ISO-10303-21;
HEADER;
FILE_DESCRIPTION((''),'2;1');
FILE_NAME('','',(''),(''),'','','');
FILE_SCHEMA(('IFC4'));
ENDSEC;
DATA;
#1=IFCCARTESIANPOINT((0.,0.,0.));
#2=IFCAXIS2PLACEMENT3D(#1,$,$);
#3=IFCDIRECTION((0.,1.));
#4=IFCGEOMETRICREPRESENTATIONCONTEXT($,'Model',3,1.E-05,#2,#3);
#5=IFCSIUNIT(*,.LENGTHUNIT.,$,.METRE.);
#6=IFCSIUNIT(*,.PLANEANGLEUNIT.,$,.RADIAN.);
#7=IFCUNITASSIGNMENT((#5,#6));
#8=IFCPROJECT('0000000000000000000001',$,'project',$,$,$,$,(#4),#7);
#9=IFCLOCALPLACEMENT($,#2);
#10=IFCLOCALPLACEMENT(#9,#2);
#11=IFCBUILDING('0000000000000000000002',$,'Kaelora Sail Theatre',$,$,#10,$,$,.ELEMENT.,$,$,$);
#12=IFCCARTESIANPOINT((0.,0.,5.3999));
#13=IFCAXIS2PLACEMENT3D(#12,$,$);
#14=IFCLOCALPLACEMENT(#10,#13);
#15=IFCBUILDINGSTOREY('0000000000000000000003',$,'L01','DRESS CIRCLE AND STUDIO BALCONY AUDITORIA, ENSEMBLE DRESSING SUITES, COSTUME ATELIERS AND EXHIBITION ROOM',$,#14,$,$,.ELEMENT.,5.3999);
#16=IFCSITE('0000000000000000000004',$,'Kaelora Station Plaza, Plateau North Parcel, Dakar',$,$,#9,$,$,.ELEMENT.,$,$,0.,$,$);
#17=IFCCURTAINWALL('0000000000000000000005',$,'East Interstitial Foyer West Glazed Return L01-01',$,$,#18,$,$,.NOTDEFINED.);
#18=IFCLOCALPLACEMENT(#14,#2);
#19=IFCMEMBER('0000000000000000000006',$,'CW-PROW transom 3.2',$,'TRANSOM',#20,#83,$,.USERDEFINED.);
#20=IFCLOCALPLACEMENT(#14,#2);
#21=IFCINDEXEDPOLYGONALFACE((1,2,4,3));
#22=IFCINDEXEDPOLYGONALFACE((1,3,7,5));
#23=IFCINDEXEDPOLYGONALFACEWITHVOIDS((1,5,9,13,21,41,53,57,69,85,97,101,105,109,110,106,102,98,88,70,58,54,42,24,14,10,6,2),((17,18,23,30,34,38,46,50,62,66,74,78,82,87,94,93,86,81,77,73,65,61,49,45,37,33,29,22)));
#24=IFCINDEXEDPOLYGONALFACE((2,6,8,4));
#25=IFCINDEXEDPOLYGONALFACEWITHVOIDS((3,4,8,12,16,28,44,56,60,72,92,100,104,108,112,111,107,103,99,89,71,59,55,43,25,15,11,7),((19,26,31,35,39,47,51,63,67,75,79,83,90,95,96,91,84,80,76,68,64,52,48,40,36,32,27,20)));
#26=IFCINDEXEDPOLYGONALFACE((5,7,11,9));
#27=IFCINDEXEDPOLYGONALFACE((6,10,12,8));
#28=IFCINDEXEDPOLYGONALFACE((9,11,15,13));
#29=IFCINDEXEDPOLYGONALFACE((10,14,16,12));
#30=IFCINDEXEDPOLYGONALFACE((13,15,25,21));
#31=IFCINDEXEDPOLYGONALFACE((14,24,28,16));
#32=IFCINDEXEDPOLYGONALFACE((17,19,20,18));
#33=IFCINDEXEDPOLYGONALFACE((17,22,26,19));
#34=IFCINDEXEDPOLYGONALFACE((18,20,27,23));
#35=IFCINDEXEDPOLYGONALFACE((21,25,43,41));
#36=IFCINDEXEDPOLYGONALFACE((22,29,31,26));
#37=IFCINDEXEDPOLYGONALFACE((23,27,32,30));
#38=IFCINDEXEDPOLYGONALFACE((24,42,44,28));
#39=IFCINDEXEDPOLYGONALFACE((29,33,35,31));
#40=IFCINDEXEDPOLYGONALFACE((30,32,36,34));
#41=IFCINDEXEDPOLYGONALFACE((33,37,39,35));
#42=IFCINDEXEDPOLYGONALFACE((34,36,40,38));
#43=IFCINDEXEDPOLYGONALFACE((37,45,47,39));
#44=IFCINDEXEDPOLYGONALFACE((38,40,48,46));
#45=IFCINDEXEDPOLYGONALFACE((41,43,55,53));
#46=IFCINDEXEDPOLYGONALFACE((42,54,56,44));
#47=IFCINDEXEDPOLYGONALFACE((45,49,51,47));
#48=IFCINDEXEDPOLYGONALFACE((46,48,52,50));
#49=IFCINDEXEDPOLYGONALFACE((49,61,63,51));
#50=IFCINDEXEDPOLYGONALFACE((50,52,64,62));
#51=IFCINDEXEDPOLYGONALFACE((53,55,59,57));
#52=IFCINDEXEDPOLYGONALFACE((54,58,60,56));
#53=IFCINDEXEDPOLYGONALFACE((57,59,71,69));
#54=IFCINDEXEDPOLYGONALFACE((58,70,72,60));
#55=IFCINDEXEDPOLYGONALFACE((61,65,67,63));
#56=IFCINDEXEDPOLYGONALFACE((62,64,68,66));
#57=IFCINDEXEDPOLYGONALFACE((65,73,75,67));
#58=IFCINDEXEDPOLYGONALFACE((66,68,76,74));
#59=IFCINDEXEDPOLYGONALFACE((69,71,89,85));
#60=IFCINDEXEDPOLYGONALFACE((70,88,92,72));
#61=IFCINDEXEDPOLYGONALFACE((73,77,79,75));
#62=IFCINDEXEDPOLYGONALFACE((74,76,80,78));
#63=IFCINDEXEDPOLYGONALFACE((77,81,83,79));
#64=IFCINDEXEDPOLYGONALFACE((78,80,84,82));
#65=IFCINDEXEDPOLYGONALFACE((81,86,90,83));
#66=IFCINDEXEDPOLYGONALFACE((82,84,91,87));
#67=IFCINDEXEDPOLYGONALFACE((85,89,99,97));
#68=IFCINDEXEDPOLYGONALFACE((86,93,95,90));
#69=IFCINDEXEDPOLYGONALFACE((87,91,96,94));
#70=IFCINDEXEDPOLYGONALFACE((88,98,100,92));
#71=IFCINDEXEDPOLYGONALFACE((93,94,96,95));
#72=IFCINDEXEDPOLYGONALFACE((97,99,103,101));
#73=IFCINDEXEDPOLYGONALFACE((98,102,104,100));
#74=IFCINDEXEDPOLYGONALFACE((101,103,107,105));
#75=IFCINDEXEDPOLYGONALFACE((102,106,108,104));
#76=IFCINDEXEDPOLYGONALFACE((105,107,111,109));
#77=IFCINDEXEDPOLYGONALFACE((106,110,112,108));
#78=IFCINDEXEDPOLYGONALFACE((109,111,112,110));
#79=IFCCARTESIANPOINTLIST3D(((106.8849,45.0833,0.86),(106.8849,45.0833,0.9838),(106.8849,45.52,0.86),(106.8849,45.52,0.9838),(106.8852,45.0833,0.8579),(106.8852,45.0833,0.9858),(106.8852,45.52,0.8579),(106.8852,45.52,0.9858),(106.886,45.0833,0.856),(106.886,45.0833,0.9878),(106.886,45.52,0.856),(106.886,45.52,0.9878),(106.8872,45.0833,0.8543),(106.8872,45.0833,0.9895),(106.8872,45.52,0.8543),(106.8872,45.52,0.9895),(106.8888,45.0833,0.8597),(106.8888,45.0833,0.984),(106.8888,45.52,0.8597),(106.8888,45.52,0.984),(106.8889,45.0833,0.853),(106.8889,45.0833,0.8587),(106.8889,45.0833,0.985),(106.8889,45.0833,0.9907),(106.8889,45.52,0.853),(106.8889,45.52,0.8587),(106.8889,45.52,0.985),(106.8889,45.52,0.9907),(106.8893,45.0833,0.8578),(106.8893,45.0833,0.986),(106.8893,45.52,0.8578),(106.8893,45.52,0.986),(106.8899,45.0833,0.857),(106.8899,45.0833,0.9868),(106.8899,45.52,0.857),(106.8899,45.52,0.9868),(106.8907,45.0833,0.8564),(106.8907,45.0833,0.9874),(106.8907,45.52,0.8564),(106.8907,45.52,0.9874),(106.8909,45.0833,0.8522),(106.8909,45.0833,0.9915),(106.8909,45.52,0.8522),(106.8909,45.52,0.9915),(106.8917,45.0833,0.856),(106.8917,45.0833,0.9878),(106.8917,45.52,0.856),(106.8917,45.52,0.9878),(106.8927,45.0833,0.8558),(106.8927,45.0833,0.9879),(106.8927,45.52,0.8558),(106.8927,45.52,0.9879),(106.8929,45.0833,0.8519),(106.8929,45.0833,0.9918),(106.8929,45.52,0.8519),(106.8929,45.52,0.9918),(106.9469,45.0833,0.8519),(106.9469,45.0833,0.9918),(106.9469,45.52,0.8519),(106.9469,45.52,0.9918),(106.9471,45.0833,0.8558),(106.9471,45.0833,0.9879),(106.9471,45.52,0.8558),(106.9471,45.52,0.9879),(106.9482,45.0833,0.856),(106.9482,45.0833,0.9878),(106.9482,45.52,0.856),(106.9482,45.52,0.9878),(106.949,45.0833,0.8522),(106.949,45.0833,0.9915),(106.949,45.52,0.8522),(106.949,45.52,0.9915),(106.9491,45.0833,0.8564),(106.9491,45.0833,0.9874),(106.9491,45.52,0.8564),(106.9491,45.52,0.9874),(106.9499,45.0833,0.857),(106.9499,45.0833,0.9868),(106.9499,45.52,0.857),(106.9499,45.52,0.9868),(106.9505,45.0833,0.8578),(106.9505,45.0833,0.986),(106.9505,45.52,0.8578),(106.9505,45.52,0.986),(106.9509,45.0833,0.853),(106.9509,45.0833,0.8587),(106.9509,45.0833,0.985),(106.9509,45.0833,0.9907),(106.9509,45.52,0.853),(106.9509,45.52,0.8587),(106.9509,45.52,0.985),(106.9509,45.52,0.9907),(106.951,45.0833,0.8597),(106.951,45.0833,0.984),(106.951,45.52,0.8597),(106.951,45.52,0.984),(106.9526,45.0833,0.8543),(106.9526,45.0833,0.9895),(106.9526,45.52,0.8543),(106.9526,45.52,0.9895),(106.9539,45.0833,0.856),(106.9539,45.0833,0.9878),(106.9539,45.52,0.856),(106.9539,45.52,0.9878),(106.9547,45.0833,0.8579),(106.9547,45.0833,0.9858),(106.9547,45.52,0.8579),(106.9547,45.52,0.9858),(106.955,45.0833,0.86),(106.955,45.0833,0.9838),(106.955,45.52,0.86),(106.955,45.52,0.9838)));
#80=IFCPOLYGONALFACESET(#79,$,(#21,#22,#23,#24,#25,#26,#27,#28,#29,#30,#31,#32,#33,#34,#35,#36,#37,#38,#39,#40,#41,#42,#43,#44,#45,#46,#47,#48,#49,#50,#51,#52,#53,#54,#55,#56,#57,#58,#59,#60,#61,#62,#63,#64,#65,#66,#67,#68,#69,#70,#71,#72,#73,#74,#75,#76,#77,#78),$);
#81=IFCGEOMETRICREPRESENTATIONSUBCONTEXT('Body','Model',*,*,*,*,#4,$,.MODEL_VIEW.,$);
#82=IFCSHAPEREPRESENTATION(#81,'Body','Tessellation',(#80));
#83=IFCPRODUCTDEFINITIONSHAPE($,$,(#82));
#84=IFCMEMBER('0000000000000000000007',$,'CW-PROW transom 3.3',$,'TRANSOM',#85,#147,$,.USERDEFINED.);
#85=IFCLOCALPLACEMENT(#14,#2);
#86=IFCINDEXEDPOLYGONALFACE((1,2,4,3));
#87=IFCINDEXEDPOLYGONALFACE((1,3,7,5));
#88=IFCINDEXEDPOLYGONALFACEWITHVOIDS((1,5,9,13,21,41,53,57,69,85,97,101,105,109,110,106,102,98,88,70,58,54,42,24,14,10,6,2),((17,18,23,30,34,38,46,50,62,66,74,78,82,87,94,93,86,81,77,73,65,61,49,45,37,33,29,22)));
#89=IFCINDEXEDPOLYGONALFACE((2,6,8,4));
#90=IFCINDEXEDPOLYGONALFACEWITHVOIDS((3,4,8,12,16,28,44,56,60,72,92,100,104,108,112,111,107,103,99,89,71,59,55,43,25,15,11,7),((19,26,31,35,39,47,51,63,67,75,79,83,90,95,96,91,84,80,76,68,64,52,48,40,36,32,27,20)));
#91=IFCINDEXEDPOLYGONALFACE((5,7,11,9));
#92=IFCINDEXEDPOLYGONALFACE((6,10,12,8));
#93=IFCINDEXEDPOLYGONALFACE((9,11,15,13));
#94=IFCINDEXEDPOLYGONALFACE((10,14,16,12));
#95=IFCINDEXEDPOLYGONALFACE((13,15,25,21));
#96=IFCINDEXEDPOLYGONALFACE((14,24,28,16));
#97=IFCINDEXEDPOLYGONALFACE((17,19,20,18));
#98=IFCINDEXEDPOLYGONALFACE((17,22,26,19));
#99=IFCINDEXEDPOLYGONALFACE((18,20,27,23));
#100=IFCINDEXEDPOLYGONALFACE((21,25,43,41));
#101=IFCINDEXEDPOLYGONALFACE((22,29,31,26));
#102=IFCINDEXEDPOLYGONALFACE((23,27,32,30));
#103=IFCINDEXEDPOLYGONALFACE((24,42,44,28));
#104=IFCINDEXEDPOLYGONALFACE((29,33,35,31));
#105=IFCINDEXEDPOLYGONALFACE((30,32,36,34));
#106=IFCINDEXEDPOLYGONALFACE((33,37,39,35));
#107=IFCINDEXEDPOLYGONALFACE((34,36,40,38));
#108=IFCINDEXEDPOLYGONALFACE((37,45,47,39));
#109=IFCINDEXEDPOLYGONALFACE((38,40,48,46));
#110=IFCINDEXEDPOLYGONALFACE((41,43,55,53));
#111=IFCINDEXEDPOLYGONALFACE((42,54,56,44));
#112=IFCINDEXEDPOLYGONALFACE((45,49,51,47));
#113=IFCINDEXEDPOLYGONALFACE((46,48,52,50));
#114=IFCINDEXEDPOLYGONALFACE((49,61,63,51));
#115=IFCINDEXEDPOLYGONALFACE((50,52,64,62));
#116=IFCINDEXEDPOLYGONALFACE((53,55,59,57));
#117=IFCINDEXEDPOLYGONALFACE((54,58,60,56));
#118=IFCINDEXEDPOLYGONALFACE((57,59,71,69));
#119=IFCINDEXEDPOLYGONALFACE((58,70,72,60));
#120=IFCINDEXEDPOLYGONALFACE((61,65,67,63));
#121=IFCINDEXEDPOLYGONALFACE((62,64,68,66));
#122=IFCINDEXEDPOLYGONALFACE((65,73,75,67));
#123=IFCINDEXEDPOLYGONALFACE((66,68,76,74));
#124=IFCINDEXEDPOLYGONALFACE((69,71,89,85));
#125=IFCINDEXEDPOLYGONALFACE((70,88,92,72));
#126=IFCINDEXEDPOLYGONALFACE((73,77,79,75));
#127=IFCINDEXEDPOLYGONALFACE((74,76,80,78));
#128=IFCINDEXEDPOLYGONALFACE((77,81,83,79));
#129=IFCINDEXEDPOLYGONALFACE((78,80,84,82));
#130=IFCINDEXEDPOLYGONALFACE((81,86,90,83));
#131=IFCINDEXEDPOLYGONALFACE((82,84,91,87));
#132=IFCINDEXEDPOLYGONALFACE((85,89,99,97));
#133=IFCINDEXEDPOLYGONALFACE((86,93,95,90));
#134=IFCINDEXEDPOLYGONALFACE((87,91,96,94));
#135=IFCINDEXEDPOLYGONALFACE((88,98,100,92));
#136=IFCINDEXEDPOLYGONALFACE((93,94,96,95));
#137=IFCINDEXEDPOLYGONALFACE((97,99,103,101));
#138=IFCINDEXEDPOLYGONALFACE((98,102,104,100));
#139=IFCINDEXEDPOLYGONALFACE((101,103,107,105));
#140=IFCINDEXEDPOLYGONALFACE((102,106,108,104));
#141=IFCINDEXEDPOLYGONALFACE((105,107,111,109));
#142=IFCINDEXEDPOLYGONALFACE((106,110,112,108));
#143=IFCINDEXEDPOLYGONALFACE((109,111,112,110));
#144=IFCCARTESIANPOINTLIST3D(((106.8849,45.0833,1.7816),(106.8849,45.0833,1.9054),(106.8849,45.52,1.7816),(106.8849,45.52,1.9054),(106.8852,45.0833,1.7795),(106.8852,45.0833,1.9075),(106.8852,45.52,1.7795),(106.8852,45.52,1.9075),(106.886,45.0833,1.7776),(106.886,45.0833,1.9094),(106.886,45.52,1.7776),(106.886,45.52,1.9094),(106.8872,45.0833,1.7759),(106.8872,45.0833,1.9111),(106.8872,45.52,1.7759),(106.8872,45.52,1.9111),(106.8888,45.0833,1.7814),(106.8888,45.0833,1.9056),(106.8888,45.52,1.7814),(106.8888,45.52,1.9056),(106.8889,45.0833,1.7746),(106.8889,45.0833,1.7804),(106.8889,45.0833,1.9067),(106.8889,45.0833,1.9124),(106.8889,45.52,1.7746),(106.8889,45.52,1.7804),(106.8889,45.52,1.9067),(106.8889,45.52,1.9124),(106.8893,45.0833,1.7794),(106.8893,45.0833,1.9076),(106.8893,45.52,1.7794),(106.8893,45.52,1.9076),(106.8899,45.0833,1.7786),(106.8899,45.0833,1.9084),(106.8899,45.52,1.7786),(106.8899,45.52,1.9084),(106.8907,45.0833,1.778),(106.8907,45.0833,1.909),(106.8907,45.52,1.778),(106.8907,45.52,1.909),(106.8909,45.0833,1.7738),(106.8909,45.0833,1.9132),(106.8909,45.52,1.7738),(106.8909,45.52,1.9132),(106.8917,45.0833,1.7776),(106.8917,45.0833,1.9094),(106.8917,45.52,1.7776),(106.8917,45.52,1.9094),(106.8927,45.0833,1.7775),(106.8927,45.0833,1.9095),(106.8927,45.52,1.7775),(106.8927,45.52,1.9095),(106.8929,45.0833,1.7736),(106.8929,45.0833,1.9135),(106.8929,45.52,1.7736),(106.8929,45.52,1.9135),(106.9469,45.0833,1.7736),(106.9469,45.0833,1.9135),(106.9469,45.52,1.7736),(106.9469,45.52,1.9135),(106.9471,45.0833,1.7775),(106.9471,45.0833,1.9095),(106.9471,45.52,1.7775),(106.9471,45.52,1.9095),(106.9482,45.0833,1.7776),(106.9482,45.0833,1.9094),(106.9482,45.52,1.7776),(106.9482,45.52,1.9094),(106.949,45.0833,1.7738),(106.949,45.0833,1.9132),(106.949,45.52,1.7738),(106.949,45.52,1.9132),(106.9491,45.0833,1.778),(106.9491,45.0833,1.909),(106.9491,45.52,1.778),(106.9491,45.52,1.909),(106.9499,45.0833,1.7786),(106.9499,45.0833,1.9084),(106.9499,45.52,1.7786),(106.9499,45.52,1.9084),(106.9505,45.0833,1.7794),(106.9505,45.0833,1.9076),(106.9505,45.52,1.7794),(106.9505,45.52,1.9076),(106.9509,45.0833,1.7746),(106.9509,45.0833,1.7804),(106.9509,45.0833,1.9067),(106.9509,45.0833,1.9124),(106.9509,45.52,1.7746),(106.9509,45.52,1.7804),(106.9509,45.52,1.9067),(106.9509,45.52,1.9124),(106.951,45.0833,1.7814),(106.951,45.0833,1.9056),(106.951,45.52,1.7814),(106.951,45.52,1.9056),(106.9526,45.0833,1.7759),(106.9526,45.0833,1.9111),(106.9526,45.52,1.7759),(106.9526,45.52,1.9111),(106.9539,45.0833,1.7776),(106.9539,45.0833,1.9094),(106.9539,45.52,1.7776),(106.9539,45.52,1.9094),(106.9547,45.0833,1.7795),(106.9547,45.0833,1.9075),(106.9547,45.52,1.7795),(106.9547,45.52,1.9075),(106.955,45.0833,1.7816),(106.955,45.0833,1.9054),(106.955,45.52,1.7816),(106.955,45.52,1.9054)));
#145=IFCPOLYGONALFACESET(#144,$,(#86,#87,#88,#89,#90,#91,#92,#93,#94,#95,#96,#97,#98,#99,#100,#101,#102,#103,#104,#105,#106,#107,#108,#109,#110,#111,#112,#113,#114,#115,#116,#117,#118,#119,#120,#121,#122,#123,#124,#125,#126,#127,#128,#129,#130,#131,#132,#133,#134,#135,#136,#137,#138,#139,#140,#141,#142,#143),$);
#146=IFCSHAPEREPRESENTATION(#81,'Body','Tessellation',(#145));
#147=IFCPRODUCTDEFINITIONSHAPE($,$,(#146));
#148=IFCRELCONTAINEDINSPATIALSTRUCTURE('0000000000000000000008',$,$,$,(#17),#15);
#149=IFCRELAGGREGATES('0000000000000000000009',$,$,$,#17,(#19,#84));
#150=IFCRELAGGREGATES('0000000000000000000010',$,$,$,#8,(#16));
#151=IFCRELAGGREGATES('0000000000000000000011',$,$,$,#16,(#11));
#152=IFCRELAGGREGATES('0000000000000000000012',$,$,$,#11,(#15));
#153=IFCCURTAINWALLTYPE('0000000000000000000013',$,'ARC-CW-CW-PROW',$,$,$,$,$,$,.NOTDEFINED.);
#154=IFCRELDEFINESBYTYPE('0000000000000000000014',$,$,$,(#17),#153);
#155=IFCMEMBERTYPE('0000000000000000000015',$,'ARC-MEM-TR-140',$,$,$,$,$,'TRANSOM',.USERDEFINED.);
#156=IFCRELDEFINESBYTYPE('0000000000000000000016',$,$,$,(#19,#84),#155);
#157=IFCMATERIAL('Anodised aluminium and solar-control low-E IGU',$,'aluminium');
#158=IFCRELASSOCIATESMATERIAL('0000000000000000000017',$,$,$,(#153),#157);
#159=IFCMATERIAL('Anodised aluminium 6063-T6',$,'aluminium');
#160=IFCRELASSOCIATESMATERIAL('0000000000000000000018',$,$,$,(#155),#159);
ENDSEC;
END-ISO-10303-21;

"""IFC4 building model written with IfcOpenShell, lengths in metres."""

from ifc_helpers import new_model, si_unit, direction, frame, origin, origin_2d, place, context, subcontext, project, spatial, hollow_rectangle, extrude, material, material_profile, profile_set, type_object, element, aggregate, save


model = new_model("IFC4")

# Units and contexts
model_context = context("Model", 3, precision=1e-05, world=origin(), true_north=direction((0.0, 1.0)))
body_context = subcontext(model_context, "Body", "Model", "MODEL_VIEW")
ifc_project = project(units=[si_unit("LENGTHUNIT", "METRE"), si_unit("PLANEANGLEUNIT", "RADIAN")], contexts=[model_context])

# Site, building, storey
site_placement = place(None, origin())
site = spatial("IfcSite", under=ifc_project, at=site_placement, Name="Kaelora Station Plaza, Plateau North Parcel, Dakar", CompositionType="ELEMENT", RefElevation=0.0)
building_placement = place(site_placement, origin())
building = spatial("IfcBuilding", under=site, at=building_placement, Name="Kaelora Sail Theatre", CompositionType="ELEMENT")
storey_placement = place(building_placement, frame((0.0, 0.0, 5.3999)))
storey = spatial("IfcBuildingStorey", under=building, at=storey_placement, Name="L01", Description="DRESS CIRCLE AND STUDIO BALCONY AUDITORIA, ENSEMBLE DRESSING SUITES, COSTUME ATELIERS AND EXHIBITION ROOM", CompositionType="ELEMENT", Elevation=5.3999)

# Curtain wall, members
ifc_material_1 = material(Name="Anodised aluminium and solar-control low-E IGU", Category="aluminium")
curtain_wall_type = type_object("IfcCurtainWallType", Name="ARC-CW-CW-PROW", PredefinedType="NOTDEFINED", material=ifc_material_1)
curtain_wall_placement = place(storey_placement, origin())
curtain_wall = element("IfcCurtainWall", 1, at=curtain_wall_placement, inside=storey, type_object=curtain_wall_type, Name="East Interstitial Foyer West Glazed Return L01-01", PredefinedType="NOTDEFINED")
ifc_material_2 = material(Name="Anodised aluminium 6063-T6", Category="aluminium")
ifc_material_profile_1 = material_profile(ifc_material_2, hollow_rectangle(XDim=0.0701, YDim=0.1399, WallThickness=0.0039, InnerFilletRadius=0.0039, OuterFilletRadius=0.0081, at=origin_2d()), Name="ALU-TRAN 70x140x4")
ifc_profile_set_1 = profile_set([ifc_material_profile_1], Name="Anodised aluminium 6063-T6")
member_type_1 = type_object("IfcMemberType", Name="ARC-MEM-TR-140", ElementType="TRANSOM", PredefinedType="USERDEFINED", material=ifc_profile_set_1)
member_1_placement = place(storey_placement, frame((106.9199, 45.0833, 0.9219), z_axis=(0.0, 1.0, 0.0), x_axis=(-1.0, 0.0, 0.0)))
member_1 = element("IfcMember", 2, at=member_1_placement, type_object=member_type_1, Name="CW-PROW transom 3.2", ObjectType="TRANSOM", PredefinedType="USERDEFINED", context=body_context, shape_type="SweptSolid", body=[
    extrude(hollow_rectangle(XDim=0.0701, YDim=0.1399, WallThickness=0.0039, InnerFilletRadius=0.0039, OuterFilletRadius=0.0081, at=origin_2d()), origin(), (0.0, 0.0, 1.0), 0.4368),
])
member_2_placement = place(storey_placement, frame((106.9199, 45.0833, 1.8435), z_axis=(0.0, 1.0, 0.0), x_axis=(-1.0, 0.0, 0.0)))
member_2 = element("IfcMember", 3, at=member_2_placement, type_object=member_type_1, Name="CW-PROW transom 3.3", ObjectType="TRANSOM", PredefinedType="USERDEFINED", context=body_context, shape_type="SweptSolid", body=[
    extrude(hollow_rectangle(XDim=0.0701, YDim=0.1399, WallThickness=0.0039, InnerFilletRadius=0.0039, OuterFilletRadius=0.0081, at=origin_2d()), origin(), (0.0, 0.0, 1.0), 0.4368),
])

aggregate(curtain_wall, [member_1, member_2])

save(model, "model.ifc")
